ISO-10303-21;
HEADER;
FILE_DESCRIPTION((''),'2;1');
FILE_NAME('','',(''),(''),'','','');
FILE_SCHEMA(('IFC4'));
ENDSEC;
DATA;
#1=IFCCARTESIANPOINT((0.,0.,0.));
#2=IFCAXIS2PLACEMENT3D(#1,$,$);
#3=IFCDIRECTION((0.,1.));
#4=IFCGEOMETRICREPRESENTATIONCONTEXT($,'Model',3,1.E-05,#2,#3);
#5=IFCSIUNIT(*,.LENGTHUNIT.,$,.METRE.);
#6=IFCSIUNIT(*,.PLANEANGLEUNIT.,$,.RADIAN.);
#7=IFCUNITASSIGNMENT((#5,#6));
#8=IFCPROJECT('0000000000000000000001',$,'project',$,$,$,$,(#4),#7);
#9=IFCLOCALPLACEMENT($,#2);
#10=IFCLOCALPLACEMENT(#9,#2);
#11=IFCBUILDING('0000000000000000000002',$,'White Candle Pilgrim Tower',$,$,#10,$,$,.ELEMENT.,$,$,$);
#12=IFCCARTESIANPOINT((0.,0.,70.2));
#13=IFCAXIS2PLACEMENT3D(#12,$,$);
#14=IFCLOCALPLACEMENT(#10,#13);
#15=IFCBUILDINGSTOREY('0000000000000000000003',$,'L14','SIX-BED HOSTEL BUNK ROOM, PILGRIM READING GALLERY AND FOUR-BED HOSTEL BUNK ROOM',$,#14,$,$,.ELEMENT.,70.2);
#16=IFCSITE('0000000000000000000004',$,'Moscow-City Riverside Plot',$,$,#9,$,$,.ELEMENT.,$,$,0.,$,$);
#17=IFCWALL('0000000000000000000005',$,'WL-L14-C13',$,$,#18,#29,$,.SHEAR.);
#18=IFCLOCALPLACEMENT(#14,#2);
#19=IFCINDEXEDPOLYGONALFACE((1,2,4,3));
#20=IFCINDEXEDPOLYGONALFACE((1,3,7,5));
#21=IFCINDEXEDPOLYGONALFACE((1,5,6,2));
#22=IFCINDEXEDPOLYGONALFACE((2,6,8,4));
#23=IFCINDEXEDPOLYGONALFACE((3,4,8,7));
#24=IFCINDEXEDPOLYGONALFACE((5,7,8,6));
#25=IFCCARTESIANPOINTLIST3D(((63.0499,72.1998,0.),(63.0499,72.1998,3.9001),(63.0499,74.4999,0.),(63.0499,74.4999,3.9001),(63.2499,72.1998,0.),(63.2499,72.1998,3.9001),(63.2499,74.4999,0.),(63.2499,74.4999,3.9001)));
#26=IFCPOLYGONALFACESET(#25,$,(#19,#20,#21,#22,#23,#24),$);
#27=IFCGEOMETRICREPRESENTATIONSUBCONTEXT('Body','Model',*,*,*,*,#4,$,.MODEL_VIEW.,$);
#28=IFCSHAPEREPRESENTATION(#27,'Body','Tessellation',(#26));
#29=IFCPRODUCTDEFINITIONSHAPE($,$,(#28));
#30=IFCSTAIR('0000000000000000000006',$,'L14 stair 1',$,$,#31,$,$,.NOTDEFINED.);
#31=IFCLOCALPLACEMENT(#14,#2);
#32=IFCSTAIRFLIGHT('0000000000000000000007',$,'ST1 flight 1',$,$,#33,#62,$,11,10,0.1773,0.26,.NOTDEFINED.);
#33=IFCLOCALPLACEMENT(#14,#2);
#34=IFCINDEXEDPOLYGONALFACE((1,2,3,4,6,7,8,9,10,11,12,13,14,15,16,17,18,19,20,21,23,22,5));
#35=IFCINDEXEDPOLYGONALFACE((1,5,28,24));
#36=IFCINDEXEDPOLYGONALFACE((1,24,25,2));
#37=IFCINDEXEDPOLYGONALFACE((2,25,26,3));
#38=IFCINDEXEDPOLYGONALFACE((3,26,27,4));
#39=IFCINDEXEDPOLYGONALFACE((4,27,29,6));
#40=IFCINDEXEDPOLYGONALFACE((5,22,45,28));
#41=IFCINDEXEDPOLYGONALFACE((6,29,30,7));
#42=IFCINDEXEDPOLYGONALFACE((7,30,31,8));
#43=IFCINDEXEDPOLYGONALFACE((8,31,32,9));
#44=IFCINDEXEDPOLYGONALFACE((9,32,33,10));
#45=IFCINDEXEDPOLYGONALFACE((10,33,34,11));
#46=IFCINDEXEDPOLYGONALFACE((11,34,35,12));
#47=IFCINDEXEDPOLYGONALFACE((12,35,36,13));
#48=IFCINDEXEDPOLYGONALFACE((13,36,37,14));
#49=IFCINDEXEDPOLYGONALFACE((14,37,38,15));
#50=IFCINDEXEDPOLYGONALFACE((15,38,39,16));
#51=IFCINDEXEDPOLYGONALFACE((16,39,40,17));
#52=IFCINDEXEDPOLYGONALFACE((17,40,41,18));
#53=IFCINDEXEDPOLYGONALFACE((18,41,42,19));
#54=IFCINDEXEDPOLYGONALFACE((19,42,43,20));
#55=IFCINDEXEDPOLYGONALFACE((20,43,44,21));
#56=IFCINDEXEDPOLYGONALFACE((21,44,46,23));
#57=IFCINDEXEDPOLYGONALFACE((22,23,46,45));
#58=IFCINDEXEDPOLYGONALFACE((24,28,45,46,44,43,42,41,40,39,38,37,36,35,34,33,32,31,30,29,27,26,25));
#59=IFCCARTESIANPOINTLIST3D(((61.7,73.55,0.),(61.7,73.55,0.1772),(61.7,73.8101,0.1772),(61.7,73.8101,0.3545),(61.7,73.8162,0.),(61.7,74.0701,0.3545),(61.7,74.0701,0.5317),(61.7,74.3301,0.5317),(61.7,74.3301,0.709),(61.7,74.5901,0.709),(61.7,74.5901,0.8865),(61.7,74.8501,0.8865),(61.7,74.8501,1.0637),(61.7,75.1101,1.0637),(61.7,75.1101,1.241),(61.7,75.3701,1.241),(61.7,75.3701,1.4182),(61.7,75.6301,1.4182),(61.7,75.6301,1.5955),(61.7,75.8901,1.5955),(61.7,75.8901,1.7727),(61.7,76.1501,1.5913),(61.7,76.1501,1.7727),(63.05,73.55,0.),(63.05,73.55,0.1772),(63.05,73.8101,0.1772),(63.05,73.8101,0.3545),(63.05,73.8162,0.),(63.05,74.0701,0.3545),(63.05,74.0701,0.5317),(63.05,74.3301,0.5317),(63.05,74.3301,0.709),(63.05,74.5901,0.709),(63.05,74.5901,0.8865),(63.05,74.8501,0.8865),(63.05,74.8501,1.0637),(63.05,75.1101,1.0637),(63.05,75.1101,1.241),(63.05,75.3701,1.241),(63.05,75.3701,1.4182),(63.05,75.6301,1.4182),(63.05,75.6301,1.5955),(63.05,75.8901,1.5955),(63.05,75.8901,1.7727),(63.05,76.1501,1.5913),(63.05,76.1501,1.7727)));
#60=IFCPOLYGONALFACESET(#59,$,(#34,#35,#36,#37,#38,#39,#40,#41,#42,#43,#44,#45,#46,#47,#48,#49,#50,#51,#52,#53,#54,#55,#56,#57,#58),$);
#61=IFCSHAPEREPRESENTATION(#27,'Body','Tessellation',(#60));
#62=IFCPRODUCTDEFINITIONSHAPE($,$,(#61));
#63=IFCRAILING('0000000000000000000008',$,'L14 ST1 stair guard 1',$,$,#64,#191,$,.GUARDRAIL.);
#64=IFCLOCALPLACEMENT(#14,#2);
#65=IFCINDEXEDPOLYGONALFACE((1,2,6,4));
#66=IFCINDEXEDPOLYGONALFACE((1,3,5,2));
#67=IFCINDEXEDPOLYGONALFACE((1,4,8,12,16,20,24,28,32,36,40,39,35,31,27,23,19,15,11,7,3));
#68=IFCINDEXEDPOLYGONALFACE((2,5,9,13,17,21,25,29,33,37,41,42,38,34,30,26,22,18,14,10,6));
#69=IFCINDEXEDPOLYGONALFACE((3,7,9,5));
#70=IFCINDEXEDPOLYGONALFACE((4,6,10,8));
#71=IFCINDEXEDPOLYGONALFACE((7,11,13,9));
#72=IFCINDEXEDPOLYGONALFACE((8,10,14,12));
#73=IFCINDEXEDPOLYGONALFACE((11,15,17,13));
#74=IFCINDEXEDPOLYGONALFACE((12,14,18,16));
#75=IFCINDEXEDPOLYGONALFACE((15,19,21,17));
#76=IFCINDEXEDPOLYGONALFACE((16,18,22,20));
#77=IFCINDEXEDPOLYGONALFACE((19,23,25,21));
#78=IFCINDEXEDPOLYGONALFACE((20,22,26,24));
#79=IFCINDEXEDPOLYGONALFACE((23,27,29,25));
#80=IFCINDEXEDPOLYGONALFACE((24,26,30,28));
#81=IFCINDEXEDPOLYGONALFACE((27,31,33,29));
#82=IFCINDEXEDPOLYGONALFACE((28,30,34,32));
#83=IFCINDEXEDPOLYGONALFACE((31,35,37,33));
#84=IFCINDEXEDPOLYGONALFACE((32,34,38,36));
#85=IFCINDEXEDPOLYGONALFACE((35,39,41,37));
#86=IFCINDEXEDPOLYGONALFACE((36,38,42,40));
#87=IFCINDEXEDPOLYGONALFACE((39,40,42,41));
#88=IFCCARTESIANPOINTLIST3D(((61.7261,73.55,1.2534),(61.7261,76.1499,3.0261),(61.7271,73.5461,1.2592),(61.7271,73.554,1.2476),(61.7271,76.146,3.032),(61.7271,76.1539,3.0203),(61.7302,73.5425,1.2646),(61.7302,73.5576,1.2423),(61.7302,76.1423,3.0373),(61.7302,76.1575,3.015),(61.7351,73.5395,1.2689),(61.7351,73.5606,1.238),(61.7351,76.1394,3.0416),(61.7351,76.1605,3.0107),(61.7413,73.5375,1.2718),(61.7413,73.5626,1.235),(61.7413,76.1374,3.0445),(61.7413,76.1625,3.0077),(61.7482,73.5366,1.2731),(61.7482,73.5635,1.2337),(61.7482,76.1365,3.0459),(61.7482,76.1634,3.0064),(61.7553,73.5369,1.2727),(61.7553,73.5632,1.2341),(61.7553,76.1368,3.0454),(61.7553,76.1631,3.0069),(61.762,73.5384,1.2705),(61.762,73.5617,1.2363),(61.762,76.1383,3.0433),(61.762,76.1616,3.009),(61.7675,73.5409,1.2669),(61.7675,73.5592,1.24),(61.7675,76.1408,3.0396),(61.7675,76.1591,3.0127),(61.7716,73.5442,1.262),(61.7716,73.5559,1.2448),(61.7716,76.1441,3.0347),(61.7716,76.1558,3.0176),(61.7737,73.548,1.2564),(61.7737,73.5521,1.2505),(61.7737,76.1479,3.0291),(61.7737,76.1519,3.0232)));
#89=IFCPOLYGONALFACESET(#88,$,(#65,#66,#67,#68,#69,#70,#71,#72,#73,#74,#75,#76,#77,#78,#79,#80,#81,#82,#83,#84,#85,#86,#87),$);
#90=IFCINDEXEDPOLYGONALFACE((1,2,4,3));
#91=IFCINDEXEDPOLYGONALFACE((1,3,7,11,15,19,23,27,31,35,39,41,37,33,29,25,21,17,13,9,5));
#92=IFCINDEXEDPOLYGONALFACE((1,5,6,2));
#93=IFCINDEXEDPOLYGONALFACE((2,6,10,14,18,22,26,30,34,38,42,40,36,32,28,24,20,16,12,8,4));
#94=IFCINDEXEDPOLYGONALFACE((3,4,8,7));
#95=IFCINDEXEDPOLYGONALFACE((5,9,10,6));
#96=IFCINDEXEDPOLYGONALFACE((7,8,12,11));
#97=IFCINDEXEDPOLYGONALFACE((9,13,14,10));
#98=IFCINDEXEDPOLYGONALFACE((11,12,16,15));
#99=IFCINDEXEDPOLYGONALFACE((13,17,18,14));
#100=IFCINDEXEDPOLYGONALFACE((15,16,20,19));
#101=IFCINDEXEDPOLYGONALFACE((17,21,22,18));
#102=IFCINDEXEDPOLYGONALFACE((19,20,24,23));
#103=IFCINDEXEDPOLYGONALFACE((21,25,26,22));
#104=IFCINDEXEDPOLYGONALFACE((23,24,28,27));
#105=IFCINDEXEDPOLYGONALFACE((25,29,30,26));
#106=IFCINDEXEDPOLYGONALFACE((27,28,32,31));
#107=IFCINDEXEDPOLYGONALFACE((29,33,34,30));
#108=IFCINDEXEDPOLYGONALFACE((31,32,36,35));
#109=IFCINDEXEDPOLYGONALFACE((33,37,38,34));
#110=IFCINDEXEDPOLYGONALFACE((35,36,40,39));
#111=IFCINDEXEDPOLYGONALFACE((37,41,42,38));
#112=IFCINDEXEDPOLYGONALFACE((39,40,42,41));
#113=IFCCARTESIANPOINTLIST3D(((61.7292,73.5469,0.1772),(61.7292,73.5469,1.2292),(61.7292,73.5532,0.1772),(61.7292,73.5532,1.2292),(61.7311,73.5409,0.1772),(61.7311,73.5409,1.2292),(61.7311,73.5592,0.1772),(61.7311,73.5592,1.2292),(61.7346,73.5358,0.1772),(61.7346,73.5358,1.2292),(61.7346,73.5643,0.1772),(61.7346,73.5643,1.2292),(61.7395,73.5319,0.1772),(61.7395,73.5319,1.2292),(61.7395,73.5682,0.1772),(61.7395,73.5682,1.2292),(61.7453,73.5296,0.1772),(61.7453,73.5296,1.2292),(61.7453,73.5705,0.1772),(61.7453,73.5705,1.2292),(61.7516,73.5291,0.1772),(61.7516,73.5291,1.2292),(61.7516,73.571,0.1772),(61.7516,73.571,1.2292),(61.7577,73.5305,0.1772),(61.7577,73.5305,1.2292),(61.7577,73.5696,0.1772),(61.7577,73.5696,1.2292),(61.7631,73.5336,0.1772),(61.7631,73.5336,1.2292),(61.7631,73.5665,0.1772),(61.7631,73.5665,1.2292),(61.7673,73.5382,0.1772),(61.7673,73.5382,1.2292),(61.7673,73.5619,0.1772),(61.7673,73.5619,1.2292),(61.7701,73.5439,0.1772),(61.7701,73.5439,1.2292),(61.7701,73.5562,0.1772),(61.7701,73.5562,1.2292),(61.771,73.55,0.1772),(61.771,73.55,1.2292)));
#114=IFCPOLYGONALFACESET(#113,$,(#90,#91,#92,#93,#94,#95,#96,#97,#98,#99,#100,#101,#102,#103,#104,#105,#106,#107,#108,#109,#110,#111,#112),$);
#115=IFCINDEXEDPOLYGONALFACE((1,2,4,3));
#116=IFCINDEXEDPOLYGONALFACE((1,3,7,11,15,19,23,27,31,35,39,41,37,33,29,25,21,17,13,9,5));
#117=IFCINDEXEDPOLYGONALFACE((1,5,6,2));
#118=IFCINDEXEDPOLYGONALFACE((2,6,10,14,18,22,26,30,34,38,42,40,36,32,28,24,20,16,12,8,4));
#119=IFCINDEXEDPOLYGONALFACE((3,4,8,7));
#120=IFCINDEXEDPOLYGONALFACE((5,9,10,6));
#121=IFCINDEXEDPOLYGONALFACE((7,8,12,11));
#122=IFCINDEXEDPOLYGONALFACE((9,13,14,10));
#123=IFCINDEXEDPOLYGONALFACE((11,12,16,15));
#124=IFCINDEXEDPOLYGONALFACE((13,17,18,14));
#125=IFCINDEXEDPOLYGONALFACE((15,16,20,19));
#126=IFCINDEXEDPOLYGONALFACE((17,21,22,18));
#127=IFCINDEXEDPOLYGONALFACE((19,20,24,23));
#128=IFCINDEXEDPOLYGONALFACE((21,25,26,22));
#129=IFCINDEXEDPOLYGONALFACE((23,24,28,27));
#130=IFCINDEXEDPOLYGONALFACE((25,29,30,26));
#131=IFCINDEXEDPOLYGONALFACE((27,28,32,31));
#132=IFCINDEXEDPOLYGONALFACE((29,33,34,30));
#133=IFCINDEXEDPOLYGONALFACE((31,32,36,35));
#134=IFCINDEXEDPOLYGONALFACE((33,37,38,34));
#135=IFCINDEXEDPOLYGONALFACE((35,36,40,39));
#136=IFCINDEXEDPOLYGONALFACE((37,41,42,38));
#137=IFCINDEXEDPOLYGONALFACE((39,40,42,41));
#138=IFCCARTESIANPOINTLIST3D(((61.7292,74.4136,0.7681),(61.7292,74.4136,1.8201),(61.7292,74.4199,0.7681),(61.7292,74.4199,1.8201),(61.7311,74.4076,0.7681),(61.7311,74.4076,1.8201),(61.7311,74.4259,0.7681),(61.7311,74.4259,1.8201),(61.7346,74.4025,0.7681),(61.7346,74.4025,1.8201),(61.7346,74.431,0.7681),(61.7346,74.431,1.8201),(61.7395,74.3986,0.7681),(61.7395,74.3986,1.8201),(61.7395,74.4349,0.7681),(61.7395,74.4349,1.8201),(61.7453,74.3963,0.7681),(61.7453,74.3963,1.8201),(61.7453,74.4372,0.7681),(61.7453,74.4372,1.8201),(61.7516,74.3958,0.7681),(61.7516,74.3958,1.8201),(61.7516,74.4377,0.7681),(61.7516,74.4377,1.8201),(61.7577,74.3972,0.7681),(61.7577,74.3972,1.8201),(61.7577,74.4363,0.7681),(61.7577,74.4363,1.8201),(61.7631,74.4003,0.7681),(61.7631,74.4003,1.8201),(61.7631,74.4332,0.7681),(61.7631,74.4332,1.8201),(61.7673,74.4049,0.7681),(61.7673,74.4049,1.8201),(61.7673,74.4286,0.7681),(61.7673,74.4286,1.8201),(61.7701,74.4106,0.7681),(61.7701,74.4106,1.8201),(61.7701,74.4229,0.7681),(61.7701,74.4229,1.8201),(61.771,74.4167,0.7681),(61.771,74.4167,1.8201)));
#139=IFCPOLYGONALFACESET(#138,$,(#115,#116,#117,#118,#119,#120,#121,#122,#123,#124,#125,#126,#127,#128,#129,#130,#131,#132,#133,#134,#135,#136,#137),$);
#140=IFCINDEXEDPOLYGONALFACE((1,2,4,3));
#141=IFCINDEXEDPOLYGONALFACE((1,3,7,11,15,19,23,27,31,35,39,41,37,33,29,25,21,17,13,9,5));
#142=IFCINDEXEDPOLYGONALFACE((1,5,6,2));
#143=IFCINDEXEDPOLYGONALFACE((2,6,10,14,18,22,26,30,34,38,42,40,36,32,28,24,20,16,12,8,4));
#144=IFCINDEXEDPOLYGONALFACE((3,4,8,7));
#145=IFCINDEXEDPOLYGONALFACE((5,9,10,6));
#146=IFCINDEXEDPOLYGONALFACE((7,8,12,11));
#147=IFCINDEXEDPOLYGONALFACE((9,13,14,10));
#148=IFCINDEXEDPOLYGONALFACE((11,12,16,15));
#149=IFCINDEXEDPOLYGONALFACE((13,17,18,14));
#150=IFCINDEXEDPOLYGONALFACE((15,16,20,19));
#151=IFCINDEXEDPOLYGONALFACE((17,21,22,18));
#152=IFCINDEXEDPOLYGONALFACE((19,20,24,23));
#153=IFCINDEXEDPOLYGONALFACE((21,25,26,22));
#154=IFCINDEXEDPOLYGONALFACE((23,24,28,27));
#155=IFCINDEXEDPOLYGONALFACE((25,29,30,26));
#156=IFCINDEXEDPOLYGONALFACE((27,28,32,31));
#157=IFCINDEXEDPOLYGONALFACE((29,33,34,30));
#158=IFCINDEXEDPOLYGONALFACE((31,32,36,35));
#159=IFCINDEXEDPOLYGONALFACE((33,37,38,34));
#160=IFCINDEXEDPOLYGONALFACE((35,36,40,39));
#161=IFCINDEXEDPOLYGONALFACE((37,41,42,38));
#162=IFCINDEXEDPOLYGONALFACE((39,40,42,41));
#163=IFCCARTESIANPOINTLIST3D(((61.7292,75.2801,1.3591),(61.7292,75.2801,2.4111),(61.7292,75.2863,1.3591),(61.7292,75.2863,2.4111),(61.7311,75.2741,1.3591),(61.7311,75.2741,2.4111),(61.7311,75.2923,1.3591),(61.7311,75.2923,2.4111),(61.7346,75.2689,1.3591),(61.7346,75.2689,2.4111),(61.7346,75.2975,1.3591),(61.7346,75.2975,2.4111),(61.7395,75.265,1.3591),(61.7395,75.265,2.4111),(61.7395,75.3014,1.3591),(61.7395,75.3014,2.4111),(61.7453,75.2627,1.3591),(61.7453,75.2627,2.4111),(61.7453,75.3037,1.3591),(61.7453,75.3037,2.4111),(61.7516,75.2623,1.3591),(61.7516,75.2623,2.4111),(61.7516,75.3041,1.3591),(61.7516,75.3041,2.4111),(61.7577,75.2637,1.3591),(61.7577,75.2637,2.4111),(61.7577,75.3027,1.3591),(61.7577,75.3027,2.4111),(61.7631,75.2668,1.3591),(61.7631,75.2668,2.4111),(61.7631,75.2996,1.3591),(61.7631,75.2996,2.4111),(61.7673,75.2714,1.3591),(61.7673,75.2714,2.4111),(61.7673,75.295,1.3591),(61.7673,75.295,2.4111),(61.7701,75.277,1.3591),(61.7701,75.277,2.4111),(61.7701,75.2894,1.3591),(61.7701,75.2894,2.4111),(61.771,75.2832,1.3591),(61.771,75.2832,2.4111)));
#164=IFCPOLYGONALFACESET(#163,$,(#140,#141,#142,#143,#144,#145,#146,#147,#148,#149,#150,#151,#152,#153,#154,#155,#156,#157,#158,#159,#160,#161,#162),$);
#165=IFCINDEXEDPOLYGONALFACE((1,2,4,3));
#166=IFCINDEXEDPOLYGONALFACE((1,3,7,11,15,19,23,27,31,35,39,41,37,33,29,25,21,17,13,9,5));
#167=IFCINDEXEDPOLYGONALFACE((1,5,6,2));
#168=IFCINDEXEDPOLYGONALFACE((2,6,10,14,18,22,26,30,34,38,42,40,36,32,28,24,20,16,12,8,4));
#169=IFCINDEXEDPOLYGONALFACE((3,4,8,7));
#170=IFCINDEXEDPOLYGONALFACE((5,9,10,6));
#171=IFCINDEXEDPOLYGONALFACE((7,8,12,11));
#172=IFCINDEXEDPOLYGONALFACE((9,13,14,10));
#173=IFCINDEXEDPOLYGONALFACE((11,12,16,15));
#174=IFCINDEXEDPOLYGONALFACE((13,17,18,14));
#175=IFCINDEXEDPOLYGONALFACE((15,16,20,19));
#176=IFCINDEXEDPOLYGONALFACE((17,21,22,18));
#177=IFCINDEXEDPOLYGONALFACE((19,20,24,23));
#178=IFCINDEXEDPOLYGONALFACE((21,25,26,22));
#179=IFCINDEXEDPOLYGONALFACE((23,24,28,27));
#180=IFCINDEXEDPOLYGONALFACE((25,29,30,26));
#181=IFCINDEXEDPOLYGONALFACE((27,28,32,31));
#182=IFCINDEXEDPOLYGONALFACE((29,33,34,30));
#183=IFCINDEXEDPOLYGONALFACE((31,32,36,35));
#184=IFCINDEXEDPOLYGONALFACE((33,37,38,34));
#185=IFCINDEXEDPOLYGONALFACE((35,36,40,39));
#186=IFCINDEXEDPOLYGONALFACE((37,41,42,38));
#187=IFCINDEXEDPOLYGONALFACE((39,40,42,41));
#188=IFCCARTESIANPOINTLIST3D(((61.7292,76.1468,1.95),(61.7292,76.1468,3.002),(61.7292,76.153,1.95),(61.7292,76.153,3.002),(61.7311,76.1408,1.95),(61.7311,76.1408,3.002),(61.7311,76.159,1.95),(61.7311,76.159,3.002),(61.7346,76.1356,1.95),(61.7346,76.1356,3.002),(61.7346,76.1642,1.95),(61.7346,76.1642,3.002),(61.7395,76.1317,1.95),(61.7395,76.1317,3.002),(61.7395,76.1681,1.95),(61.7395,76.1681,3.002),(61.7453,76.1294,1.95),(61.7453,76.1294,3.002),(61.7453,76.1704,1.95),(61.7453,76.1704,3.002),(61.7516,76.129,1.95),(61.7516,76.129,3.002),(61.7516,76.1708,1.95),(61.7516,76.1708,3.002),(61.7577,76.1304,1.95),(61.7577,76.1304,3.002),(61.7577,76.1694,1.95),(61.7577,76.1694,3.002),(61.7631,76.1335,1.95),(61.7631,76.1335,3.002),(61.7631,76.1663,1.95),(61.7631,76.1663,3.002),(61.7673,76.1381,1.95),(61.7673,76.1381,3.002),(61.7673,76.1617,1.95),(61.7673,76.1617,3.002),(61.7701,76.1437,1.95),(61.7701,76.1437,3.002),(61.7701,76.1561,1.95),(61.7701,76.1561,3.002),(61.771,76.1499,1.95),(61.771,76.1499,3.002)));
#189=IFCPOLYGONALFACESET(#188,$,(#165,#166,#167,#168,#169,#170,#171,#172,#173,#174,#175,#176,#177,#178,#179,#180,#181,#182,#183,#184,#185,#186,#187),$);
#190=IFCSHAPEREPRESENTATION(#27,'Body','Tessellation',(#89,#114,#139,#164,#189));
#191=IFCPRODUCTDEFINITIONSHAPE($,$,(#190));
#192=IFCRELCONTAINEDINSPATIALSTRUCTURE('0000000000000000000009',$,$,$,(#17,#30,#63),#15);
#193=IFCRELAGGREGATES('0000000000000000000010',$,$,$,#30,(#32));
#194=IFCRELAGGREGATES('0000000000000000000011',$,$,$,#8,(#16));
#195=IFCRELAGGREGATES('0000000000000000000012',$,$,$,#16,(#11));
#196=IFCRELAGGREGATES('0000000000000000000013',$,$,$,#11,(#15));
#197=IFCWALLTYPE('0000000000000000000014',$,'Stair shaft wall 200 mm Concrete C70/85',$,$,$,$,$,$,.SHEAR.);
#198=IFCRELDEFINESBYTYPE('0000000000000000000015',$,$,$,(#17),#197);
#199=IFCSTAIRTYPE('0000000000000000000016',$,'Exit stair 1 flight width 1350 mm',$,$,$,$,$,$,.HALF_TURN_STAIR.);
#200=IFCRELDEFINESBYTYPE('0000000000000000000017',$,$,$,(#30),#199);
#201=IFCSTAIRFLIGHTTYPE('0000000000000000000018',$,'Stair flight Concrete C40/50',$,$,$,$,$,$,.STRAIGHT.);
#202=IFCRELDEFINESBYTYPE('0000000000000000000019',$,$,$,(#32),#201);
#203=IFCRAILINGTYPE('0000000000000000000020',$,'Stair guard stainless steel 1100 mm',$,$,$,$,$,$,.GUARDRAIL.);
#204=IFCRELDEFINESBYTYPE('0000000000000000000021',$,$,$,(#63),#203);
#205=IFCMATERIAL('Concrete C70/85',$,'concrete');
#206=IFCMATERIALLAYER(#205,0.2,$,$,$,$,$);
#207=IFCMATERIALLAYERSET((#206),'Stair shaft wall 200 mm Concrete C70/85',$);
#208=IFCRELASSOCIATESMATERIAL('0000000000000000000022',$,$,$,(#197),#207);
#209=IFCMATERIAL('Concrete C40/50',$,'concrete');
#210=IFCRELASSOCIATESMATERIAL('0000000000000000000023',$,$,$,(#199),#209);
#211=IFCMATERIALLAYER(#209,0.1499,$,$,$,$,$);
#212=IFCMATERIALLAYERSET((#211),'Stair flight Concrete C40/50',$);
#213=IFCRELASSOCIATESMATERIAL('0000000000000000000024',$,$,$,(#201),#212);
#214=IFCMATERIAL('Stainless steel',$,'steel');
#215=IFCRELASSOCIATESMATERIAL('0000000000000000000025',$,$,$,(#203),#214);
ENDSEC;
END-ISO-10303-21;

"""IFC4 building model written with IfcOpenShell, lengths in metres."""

from ifc_helpers import new_model, si_unit, direction, frame, frame_2d, origin, origin_2d, place, context, subcontext, project, spatial, polyline, rectangle, circle, outline, extrude, material, layer, layer_set, type_object, element, aggregate, save


model = new_model("IFC4")

# Units and contexts
model_context = context("Model", 3, precision=1e-05, world=origin(), true_north=direction((0.0, 1.0)))
body_context = subcontext(model_context, "Body", "Model", "MODEL_VIEW")
ifc_project = project(units=[si_unit("LENGTHUNIT", "METRE"), si_unit("PLANEANGLEUNIT", "RADIAN")], contexts=[model_context])

# Site, building, storey
site_placement = place(None, origin())
site = spatial("IfcSite", under=ifc_project, at=site_placement, Name="Moscow-City Riverside Plot", CompositionType="ELEMENT", RefElevation=0.0)
building_placement = place(site_placement, origin())
building = spatial("IfcBuilding", under=site, at=building_placement, Name="White Candle Pilgrim Tower", CompositionType="ELEMENT")
storey_placement = place(building_placement, frame((0.0, 0.0, 70.2)))
storey = spatial("IfcBuildingStorey", under=building, at=storey_placement, Name="L14", Description="SIX-BED HOSTEL BUNK ROOM, PILGRIM READING GALLERY AND FOUR-BED HOSTEL BUNK ROOM", CompositionType="ELEMENT", Elevation=70.2)

# Shared definitions
ifc_material_1 = material(Name="Concrete C70/85", Category="concrete")

# Shared definitions
ifc_material_2 = material(Name="Stainless steel", Category="steel")

# Wall
ifc_layer_1 = layer(ifc_material_1, 0.2)
ifc_layer_set_1 = layer_set([ifc_layer_1], Name="Stair shaft wall 200 mm Concrete C70/85")
wall_type_1 = type_object("IfcWallType", Name="Stair shaft wall 200 mm Concrete C70/85", PredefinedType="SHEAR", material=ifc_layer_set_1)
wall_1_placement = place(storey_placement, frame((63.1499, 72.2, 0.0), z_axis=(0.0, 0.0, 1.0), x_axis=(0.0, 1.0, 0.0)))
element("IfcWall", 1, at=wall_1_placement, inside=storey, type_object=wall_type_1, Name="WL-L14-C13", PredefinedType="SHEAR", context=body_context, shape_type="SweptSolid", body=[
    extrude(rectangle(XDim=2.3, YDim=0.2, at=frame_2d((1.1499, 0.0))), origin(), (0.0, 0.0, 1.0), 3.9001),
])

# Stair, stair flight
ifc_material_3 = material(Name="Concrete C40/50", Category="concrete")
stair_type = type_object("IfcStairType", Name="Exit stair 1 flight width 1350 mm", PredefinedType="HALF_TURN_STAIR", material=ifc_material_3)
stair_placement = place(storey_placement, origin())
stair = element("IfcStair", 2, at=stair_placement, inside=storey, type_object=stair_type, Name="L14 stair 1", PredefinedType="NOTDEFINED")
ifc_layer_2 = layer(ifc_material_3, 0.1499)
ifc_layer_set_2 = layer_set([ifc_layer_2], Name="Stair flight Concrete C40/50")
stair_flight_type = type_object("IfcStairFlightType", Name="Stair flight Concrete C40/50", PredefinedType="STRAIGHT", material=ifc_layer_set_2)
stair_flight_placement = place(storey_placement, frame((62.375, 73.55, 0.0), z_axis=(0.0, 0.0, 1.0), x_axis=(0.0, 1.0, 0.0)))
stair_flight = element("IfcStairFlight", 3, at=stair_flight_placement, type_object=stair_flight_type, Name="ST1 flight 1", NumberOfRisers=11, NumberOfTreads=10, PredefinedType="NOTDEFINED", RiserHeight=0.1773, TreadLength=0.26, context=body_context, shape_type="SweptSolid", body=[
    extrude(outline(polyline([(0.0, 0.0), (0.0, 0.1772), (0.26, 0.1772), (0.26, 0.3545), (0.52, 0.3545), (0.52, 0.5317), (0.78, 0.5317), (0.78, 0.709), (1.04, 0.709), (1.04, 0.8865), (1.3, 0.8865), (1.3, 1.0637), (1.5601, 1.0637), (1.5601, 1.241), (1.8201, 1.241), (1.8201, 1.4182), (2.0801, 1.4182), (2.0801, 1.5955), (2.3401, 1.5955), (2.3401, 1.7727), (2.6001, 1.7727), (2.6001, 1.95), (2.6001, 1.5913), (0.2661, 0.0), (0.0, 0.0)])), frame((0.0, 0.675, 0.0), z_axis=(0.0, -1.0, 0.0), x_axis=(1.0, 0.0, 0.0)), (0.0, 0.0, 1.0), 1.3501),
])
aggregate(stair, [stair_flight])

# Railing
railing_type_1 = type_object("IfcRailingType", Name="Stair guard stainless steel 1100 mm", PredefinedType="GUARDRAIL", material=ifc_material_2)
railing_1_placement = place(storey_placement, frame((61.75, 73.55, 0.1772)))
element("IfcRailing", 4, at=railing_1_placement, inside=storey, type_object=railing_type_1, Name="L14 ST1 stair guard 1", PredefinedType="GUARDRAIL", context=body_context, shape_type="SweptSolid", body=[
    extrude(circle(Radius=0.0239, at=origin_2d()), frame((0.0, 0.0, 1.0762), z_axis=(0.0, 0.826216, 0.563354), x_axis=(-1.0, 0.0, 0.0)), (0.0, 0.0, 1.0), 3.1467),
    extrude(circle(Radius=0.021, at=origin_2d()), origin(), (0.0, 0.0, 1.0), 1.052),
    extrude(circle(Radius=0.021, at=origin_2d()), frame((0.0, 0.8667, 0.5908)), (0.0, 0.0, 1.0), 1.052),
    extrude(circle(Radius=0.021, at=origin_2d()), frame((0.0, 1.7332, 1.1819)), (0.0, 0.0, 1.0), 1.052),
    extrude(circle(Radius=0.021, at=origin_2d()), frame((0.0, 2.5999, 1.7727)), (0.0, 0.0, 1.0), 1.052),
])

save(model, "model.ifc")
